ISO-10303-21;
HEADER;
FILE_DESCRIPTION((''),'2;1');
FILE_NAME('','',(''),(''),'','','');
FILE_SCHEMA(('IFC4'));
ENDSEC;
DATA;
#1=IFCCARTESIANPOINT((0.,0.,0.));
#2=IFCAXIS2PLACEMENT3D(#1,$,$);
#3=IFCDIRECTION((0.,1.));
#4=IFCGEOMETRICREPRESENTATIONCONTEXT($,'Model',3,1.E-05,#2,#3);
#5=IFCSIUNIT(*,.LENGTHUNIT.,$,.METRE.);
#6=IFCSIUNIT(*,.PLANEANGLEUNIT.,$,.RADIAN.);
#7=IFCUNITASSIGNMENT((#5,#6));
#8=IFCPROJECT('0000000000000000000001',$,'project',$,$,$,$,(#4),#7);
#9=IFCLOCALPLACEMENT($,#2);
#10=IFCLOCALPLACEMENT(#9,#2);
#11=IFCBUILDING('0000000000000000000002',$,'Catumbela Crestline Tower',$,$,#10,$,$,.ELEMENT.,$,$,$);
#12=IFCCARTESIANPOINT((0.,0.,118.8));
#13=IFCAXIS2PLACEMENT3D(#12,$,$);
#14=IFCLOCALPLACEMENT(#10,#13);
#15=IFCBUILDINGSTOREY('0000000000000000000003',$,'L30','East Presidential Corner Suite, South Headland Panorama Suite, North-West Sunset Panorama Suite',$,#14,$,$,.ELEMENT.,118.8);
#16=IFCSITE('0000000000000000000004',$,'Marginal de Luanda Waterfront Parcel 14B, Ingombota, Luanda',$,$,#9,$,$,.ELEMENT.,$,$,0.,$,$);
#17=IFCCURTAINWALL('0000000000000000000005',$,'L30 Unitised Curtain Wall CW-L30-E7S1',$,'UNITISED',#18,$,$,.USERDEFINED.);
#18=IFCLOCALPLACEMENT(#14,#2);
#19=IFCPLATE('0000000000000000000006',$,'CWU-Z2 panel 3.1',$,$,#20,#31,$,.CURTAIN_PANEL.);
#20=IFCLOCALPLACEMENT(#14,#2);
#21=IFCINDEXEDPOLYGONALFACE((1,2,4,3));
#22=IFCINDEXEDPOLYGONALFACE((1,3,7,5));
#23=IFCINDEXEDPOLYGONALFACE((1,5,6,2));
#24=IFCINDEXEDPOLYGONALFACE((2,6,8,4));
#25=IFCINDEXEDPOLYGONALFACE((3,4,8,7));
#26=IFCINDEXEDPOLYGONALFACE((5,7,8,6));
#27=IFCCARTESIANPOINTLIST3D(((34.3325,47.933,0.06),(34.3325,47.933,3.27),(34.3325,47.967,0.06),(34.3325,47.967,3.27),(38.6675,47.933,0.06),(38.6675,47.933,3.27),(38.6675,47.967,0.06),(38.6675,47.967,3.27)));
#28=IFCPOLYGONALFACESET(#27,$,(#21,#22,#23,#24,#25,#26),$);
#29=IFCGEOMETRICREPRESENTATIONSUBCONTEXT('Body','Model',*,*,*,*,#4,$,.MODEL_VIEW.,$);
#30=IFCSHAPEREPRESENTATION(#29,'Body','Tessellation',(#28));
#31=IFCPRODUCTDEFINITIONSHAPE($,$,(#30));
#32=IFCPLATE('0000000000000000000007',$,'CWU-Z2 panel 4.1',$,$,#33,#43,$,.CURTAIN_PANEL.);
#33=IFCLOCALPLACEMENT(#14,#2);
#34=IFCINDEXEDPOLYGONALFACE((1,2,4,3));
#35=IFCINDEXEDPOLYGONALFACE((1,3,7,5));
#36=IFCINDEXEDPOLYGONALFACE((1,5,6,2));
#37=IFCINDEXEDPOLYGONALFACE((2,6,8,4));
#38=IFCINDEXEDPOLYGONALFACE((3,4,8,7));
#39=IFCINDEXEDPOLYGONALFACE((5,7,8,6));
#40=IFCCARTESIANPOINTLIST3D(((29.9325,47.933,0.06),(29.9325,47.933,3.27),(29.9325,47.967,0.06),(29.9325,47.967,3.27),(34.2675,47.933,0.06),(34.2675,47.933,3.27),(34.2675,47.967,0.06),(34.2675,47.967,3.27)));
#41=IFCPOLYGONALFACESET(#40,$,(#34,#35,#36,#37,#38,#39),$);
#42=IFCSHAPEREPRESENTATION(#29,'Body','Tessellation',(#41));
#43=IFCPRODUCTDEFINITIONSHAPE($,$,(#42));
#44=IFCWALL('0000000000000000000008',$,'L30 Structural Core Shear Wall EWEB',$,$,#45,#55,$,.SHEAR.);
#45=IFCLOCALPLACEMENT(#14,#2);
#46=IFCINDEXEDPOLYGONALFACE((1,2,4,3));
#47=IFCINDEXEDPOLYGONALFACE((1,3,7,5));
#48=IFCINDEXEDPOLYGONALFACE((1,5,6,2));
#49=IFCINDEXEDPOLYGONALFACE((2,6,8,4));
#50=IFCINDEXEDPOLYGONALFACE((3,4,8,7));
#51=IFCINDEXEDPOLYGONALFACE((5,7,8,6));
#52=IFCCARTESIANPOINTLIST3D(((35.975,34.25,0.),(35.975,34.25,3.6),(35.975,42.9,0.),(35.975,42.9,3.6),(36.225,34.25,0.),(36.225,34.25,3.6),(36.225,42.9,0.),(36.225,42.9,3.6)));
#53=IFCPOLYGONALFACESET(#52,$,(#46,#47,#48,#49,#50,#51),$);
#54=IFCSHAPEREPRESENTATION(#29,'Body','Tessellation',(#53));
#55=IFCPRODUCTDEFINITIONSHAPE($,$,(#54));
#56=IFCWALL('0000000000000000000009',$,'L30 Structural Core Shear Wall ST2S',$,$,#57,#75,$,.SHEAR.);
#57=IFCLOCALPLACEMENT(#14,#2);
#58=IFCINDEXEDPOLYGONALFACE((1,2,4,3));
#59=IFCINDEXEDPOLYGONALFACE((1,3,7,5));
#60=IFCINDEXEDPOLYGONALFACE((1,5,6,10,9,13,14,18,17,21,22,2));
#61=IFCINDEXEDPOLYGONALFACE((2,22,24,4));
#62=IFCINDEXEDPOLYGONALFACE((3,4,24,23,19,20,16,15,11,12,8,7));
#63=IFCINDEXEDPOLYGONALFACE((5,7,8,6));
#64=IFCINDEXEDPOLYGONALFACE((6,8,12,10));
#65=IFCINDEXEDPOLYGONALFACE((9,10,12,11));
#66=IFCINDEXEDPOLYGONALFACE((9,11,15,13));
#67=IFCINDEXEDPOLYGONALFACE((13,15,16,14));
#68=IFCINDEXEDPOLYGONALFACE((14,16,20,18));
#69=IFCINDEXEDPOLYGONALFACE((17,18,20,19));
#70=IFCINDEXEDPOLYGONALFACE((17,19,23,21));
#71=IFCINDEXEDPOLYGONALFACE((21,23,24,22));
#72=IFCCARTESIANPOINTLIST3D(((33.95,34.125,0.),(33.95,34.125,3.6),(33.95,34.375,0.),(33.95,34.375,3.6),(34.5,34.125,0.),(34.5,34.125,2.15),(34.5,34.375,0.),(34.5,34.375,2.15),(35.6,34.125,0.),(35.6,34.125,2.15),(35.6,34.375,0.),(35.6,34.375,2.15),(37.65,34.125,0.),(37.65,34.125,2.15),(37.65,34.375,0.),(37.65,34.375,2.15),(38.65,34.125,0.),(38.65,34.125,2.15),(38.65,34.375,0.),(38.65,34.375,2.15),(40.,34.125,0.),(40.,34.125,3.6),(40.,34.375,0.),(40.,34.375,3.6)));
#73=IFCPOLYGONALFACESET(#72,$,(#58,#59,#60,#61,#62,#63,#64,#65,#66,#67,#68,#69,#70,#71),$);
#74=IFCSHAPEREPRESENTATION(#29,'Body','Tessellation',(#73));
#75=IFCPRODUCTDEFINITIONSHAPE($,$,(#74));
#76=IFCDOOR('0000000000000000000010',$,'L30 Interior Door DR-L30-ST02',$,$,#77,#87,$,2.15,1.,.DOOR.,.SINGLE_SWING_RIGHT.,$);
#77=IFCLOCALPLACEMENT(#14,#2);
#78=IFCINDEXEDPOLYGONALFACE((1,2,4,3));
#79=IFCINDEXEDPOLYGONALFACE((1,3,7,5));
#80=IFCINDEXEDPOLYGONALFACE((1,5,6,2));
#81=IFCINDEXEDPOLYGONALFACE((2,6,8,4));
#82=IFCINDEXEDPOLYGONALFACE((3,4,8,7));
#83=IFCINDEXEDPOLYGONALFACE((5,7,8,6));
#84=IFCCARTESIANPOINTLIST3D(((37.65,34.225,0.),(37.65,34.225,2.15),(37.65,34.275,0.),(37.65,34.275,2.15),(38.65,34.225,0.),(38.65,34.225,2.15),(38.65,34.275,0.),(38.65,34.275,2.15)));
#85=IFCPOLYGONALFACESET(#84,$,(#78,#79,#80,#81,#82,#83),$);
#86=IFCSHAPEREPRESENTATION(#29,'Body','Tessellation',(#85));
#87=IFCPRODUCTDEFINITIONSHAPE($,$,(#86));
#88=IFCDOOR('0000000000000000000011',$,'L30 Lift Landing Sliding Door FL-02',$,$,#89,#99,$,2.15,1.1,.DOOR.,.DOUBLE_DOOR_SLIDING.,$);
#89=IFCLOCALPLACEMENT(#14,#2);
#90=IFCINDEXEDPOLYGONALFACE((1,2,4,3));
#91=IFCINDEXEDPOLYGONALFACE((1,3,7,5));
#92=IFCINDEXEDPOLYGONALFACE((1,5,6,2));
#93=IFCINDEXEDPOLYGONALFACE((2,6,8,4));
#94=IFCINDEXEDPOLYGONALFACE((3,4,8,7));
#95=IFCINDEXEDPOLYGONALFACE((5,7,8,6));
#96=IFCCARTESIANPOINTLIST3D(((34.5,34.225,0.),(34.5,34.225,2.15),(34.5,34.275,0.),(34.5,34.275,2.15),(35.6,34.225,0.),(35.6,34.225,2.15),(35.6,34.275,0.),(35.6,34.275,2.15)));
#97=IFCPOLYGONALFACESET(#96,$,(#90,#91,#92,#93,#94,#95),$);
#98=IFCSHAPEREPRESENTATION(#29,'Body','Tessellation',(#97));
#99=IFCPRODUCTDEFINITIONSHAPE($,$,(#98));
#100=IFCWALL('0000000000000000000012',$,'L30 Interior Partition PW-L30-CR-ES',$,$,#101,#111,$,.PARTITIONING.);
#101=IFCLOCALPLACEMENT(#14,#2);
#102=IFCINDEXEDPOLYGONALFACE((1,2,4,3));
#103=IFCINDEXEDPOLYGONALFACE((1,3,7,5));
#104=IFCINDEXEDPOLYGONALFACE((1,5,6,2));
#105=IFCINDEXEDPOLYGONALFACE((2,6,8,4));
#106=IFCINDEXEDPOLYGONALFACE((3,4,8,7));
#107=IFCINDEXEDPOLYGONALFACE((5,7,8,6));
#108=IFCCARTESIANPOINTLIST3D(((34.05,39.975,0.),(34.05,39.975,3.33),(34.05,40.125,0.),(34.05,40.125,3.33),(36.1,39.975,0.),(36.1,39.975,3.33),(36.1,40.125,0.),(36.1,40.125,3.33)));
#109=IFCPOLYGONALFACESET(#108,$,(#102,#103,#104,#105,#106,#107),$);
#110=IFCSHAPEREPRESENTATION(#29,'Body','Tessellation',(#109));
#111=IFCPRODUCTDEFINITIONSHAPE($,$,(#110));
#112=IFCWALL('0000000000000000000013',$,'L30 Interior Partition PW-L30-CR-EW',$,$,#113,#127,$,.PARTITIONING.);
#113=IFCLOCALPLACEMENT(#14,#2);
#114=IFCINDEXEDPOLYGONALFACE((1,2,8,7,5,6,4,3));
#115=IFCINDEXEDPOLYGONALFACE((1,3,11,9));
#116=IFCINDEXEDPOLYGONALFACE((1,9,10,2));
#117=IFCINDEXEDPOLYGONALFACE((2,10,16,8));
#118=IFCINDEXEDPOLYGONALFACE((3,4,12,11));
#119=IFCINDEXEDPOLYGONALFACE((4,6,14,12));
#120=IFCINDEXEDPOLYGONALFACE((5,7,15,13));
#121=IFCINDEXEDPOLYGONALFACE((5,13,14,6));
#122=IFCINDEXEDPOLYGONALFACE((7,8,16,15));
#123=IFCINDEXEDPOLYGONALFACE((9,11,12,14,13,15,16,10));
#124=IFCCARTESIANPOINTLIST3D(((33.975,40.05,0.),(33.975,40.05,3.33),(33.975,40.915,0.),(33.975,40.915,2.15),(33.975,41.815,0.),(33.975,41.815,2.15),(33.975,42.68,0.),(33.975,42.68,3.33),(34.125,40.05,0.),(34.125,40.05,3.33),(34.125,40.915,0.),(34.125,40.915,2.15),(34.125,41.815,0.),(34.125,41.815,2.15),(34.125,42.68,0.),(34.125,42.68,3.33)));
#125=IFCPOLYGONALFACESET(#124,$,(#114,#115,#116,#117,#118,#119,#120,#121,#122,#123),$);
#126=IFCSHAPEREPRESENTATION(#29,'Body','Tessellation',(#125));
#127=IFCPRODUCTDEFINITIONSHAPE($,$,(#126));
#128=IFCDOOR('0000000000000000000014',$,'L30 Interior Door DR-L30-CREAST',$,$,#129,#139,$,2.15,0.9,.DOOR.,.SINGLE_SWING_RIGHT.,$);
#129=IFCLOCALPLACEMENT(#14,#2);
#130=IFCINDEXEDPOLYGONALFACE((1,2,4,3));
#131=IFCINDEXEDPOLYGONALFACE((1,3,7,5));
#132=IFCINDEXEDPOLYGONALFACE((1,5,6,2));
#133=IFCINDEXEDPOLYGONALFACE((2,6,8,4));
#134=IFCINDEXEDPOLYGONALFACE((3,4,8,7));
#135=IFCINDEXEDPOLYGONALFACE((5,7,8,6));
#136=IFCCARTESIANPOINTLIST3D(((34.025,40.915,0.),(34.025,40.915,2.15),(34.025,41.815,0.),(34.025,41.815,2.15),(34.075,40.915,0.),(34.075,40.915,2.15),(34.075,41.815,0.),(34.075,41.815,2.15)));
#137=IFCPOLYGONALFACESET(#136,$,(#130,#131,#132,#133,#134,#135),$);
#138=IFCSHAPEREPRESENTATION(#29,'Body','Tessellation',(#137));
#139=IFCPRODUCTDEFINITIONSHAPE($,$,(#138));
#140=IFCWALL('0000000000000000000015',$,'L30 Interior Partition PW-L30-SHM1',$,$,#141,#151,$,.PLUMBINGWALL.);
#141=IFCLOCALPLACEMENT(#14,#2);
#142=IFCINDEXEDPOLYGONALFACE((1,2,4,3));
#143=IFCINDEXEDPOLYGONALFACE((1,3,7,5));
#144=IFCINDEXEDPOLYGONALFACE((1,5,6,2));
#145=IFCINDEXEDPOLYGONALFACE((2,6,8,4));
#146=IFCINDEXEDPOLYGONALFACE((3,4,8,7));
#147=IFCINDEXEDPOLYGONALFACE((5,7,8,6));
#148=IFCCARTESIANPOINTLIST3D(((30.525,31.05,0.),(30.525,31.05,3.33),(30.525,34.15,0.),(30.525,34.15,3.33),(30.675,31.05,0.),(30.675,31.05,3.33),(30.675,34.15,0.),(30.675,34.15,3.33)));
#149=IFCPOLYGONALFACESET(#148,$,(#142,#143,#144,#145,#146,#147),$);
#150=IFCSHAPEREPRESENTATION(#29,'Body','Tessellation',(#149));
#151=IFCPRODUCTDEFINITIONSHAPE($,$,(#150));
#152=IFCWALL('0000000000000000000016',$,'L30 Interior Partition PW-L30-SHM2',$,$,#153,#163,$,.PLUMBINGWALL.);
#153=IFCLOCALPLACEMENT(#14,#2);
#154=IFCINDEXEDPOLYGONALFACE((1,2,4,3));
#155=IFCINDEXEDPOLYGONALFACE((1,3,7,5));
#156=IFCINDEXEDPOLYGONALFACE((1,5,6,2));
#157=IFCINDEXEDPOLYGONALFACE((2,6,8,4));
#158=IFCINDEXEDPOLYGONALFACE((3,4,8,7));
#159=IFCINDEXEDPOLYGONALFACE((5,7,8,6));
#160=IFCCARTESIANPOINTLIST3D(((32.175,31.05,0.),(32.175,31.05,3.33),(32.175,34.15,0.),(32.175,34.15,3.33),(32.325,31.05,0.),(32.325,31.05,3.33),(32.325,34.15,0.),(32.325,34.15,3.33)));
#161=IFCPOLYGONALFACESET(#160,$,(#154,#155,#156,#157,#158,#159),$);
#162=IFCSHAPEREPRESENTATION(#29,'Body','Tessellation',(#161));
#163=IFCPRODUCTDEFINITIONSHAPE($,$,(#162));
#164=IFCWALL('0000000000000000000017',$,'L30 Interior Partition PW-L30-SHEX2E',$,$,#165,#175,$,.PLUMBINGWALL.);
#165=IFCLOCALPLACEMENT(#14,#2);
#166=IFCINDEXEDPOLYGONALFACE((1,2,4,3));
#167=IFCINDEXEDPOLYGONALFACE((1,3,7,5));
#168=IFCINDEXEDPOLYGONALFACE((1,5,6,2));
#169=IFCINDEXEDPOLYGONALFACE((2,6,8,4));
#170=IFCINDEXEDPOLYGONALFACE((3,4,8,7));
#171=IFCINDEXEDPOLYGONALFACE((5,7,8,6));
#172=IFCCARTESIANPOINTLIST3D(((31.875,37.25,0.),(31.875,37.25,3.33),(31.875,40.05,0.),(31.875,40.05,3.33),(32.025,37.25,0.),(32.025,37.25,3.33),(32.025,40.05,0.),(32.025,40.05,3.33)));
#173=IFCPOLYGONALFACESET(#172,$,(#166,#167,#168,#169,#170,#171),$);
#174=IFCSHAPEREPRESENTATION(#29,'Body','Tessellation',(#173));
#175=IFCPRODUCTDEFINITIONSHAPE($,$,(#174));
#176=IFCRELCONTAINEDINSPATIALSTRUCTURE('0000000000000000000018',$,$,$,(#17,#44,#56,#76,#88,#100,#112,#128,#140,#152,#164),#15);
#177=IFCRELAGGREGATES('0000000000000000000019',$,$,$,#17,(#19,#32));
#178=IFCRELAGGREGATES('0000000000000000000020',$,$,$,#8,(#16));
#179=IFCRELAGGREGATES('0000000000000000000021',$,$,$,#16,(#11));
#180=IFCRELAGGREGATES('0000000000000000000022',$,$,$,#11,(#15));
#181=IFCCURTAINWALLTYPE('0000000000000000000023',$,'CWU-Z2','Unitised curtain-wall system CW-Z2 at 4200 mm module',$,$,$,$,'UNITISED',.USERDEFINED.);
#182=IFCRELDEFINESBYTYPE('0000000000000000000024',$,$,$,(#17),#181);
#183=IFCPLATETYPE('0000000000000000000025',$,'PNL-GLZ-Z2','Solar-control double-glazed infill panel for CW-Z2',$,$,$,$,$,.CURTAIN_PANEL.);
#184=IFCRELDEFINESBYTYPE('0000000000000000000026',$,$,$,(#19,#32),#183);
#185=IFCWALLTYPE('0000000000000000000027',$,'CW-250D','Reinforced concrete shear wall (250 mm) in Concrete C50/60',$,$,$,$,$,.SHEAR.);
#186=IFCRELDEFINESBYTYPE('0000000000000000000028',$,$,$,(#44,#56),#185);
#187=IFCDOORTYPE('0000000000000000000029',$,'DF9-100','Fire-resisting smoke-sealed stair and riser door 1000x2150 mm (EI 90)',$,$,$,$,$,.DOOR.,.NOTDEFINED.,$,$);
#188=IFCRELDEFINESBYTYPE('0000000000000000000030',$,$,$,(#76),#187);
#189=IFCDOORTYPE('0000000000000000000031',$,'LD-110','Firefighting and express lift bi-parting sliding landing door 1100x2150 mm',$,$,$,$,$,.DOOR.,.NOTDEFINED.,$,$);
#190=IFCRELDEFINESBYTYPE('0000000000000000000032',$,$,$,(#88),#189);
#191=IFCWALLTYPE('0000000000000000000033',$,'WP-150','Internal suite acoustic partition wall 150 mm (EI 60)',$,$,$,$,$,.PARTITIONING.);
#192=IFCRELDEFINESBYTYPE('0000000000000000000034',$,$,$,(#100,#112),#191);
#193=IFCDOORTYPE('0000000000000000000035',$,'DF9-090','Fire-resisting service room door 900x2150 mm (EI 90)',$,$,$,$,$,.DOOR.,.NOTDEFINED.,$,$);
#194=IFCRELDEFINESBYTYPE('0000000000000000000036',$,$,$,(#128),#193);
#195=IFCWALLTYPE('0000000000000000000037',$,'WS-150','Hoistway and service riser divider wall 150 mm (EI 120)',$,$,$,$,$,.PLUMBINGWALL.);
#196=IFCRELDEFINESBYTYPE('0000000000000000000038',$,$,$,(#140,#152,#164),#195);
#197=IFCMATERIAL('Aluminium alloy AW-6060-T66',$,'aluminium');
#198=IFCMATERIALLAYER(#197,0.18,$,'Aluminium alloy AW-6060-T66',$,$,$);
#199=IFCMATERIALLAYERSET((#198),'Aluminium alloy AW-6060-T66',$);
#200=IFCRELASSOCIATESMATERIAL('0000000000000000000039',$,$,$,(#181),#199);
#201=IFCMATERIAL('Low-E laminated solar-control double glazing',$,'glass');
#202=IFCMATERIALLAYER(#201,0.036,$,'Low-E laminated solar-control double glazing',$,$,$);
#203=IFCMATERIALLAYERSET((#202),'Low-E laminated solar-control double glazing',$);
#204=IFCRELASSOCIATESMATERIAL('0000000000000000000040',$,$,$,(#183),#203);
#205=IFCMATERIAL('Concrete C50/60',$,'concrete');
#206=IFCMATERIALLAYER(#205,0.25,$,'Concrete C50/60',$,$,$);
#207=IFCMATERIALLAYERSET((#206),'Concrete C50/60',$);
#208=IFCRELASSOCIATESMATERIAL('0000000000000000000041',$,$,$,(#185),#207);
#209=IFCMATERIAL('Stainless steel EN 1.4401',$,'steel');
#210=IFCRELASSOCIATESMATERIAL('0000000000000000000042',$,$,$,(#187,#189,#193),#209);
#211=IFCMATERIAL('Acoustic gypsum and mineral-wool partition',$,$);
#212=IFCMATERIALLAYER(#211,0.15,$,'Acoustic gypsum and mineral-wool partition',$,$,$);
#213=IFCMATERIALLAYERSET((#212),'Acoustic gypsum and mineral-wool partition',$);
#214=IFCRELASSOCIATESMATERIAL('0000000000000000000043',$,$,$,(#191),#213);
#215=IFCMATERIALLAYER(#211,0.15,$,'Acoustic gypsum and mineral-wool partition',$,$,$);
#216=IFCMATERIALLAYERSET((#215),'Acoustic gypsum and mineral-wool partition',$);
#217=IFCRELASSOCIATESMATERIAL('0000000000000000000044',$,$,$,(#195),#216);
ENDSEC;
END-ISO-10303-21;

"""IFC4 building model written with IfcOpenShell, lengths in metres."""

from ifc_helpers import new_model, si_unit, direction, frame, frame_2d, origin, origin_2d, place, context, subcontext, project, spatial, rectangle, extrude, material, layer, layer_set, type_object, element, fill, aggregate, save


model = new_model("IFC4")

# Units and contexts
model_context = context("Model", 3, precision=1e-05, world=origin(), true_north=direction((0.0, 1.0)))
body_context = subcontext(model_context, "Body", "Model", "MODEL_VIEW")
ifc_project = project(units=[si_unit("LENGTHUNIT", "METRE"), si_unit("PLANEANGLEUNIT", "RADIAN")], contexts=[model_context])

# Site, building, storey
site_placement = place(None, origin())
site = spatial("IfcSite", under=ifc_project, at=site_placement, Name="Marginal de Luanda Waterfront Parcel 14B, Ingombota, Luanda", CompositionType="ELEMENT", RefElevation=0.0)
building_placement = place(site_placement, origin())
building = spatial("IfcBuilding", under=site, at=building_placement, Name="Catumbela Crestline Tower", CompositionType="ELEMENT")
storey_placement = place(building_placement, frame((0.0, 0.0, 118.8)))
storey = spatial("IfcBuildingStorey", under=building, at=storey_placement, Name="L30", Description="East Presidential Corner Suite, South Headland Panorama Suite, North-West Sunset Panorama Suite", CompositionType="ELEMENT", Elevation=118.8)

# Curtain wall
ifc_material_1 = material(Name="Aluminium alloy AW-6060-T66", Category="aluminium")
ifc_layer_1 = layer(ifc_material_1, 0.18, Name="Aluminium alloy AW-6060-T66")
ifc_layer_set_1 = layer_set([ifc_layer_1], Name="Aluminium alloy AW-6060-T66")
curtain_wall_type = type_object("IfcCurtainWallType", Name="CWU-Z2", Description="Unitised curtain-wall system CW-Z2 at 4200 mm module", ElementType="UNITISED", PredefinedType="USERDEFINED", material=ifc_layer_set_1)
curtain_wall_placement = place(storey_placement, origin())
curtain_wall = element("IfcCurtainWall", 1, at=curtain_wall_placement, inside=storey, type_object=curtain_wall_type, Name="L30 Unitised Curtain Wall CW-L30-E7S1", ObjectType="UNITISED", PredefinedType="USERDEFINED")

# Plates
ifc_material_2 = material(Name="Low-E laminated solar-control double glazing", Category="glass")
ifc_layer_2 = layer(ifc_material_2, 0.036, Name="Low-E laminated solar-control double glazing")
ifc_layer_set_2 = layer_set([ifc_layer_2], Name="Low-E laminated solar-control double glazing")
plate_type = type_object("IfcPlateType", Name="PNL-GLZ-Z2", Description="Solar-control double-glazed infill panel for CW-Z2", PredefinedType="CURTAIN_PANEL", material=ifc_layer_set_2)
plate_1_placement = place(storey_placement, frame((36.5, 47.95, 0.06), z_axis=(0.0, 0.0, 1.0), x_axis=(-1.0, 0.0, 0.0)))
plate_1 = element("IfcPlate", 2, at=plate_1_placement, type_object=plate_type, Name="CWU-Z2 panel 3.1", PredefinedType="CURTAIN_PANEL", context=body_context, shape_type="SweptSolid", body=[
    extrude(rectangle(XDim=4.335, YDim=0.034, at=origin_2d()), origin(), (0.0, 0.0, 1.0), 3.21),
])
plate_2_placement = place(storey_placement, frame((32.1, 47.95, 0.06), z_axis=(0.0, 0.0, 1.0), x_axis=(-1.0, 0.0, 0.0)))
plate_2 = element("IfcPlate", 3, at=plate_2_placement, type_object=plate_type, Name="CWU-Z2 panel 4.1", PredefinedType="CURTAIN_PANEL", context=body_context, shape_type="SweptSolid", body=[
    extrude(rectangle(XDim=4.335, YDim=0.034, at=origin_2d()), origin(), (0.0, 0.0, 1.0), 3.21),
])
aggregate(curtain_wall, [plate_1, plate_2])

# Wall
ifc_material_3 = material(Name="Concrete C50/60", Category="concrete")
ifc_layer_3 = layer(ifc_material_3, 0.25, Name="Concrete C50/60")
ifc_layer_set_3 = layer_set([ifc_layer_3], Name="Concrete C50/60")
wall_type_1 = type_object("IfcWallType", Name="CW-250D", Description="Reinforced concrete shear wall (250 mm) in Concrete C50/60", PredefinedType="SHEAR", material=ifc_layer_set_3)
wall_1_placement = place(storey_placement, frame((36.1, 34.25, 0.0), z_axis=(0.0, 0.0, 1.0), x_axis=(0.0, 1.0, 0.0)))
element("IfcWall", 4, at=wall_1_placement, inside=storey, type_object=wall_type_1, Name="L30 Structural Core Shear Wall EWEB", PredefinedType="SHEAR", context=body_context, shape_type="SweptSolid", body=[
    extrude(rectangle(XDim=8.65, YDim=0.25, at=frame_2d((4.325, 0.0))), origin(), (0.0, 0.0, 1.0), 3.6),
])

# Wall, openings, doors
wall_2_placement = place(storey_placement, frame((33.95, 34.25, 0.0), z_axis=(0.0, 0.0, 1.0), x_axis=(1.0, 0.0, 0.0)))
wall_2 = element("IfcWall", 5, at=wall_2_placement, inside=storey, type_object=wall_type_1, Name="L30 Structural Core Shear Wall ST2S", PredefinedType="SHEAR", context=body_context, shape_type="SweptSolid", body=[
    extrude(rectangle(XDim=6.05, YDim=0.25, at=frame_2d((3.025, 0.0))), origin(), (0.0, 0.0, 1.0), 3.6),
])
opening_1_placement = place(wall_2_placement, frame((3.7, 0.0, 0.0)))
opening_1 = element("IfcOpeningElement", 6, at=opening_1_placement, cuts=wall_2, PredefinedType="OPENING", context=body_context, shape_type="SweptSolid", body=[
    extrude(rectangle(XDim=1.0, YDim=2.15, at=frame_2d((0.5, 1.075))), frame((0.0, 0.135, 0.0), z_axis=(0.0, -1.0, 0.0), x_axis=(1.0, 0.0, 0.0)), (0.0, 0.0, 1.0), 0.27),
])
opening_2_placement = place(wall_2_placement, frame((0.55, 0.0, 0.0)))
opening_2 = element("IfcOpeningElement", 7, at=opening_2_placement, cuts=wall_2, PredefinedType="OPENING", context=body_context, shape_type="SweptSolid", body=[
    extrude(rectangle(XDim=1.1, YDim=2.15, at=frame_2d((0.55, 1.075))), frame((0.0, 0.135, 0.0), z_axis=(0.0, -1.0, 0.0), x_axis=(1.0, 0.0, 0.0)), (0.0, 0.0, 1.0), 0.27),
])
ifc_material_4 = material(Name="Stainless steel EN 1.4401", Category="steel")
door_type_1 = type_object("IfcDoorType", Name="DF9-100", Description="Fire-resisting smoke-sealed stair and riser door 1000x2150 mm (EI 90)", OperationType="NOTDEFINED", PredefinedType="DOOR", material=ifc_material_4)
door_1_placement = place(opening_1_placement, origin())
door_1 = element("IfcDoor", 8, at=door_1_placement, inside=storey, type_object=door_type_1, Name="L30 Interior Door DR-L30-ST02", OperationType="SINGLE_SWING_RIGHT", OverallHeight=2.15, OverallWidth=1.0, PredefinedType="DOOR", context=body_context, shape_type="SweptSolid", body=[
    extrude(rectangle(XDim=1.0, YDim=2.15, at=frame_2d((0.5, 1.075))), frame((0.0, 0.025, 0.0), z_axis=(0.0, -1.0, 0.0), x_axis=(1.0, 0.0, 0.0)), (0.0, 0.0, 1.0), 0.05),
])
fill(opening_1, door_1)
door_type_2 = type_object("IfcDoorType", Name="LD-110", Description="Firefighting and express lift bi-parting sliding landing door 1100x2150 mm", OperationType="NOTDEFINED", PredefinedType="DOOR", material=ifc_material_4)
door_2_placement = place(opening_2_placement, origin())
door_2 = element("IfcDoor", 9, at=door_2_placement, inside=storey, type_object=door_type_2, Name="L30 Lift Landing Sliding Door FL-02", OperationType="DOUBLE_DOOR_SLIDING", OverallHeight=2.15, OverallWidth=1.1, PredefinedType="DOOR", context=body_context, shape_type="SweptSolid", body=[
    extrude(rectangle(XDim=1.1, YDim=2.15, at=frame_2d((0.55, 1.075))), frame((0.0, 0.025, 0.0), z_axis=(0.0, -1.0, 0.0), x_axis=(1.0, 0.0, 0.0)), (0.0, 0.0, 1.0), 0.05),
])
fill(opening_2, door_2)

# Wall
ifc_material_5 = material(Name="Acoustic gypsum and mineral-wool partition")
ifc_layer_4 = layer(ifc_material_5, 0.15, Name="Acoustic gypsum and mineral-wool partition")
ifc_layer_set_4 = layer_set([ifc_layer_4], Name="Acoustic gypsum and mineral-wool partition")
wall_type_2 = type_object("IfcWallType", Name="WP-150", Description="Internal suite acoustic partition wall 150 mm (EI 60)", PredefinedType="PARTITIONING", material=ifc_layer_set_4)
wall_3_placement = place(storey_placement, frame((34.05, 40.05, 0.0), z_axis=(0.0, 0.0, 1.0), x_axis=(1.0, 0.0, 0.0)))
element("IfcWall", 10, at=wall_3_placement, inside=storey, type_object=wall_type_2, Name="L30 Interior Partition PW-L30-CR-ES", PredefinedType="PARTITIONING", context=body_context, shape_type="SweptSolid", body=[
    extrude(rectangle(XDim=2.05, YDim=0.15, at=frame_2d((1.025, 0.0))), origin(), (0.0, 0.0, 1.0), 3.33),
])

# Wall, opening, door
wall_4_placement = place(storey_placement, frame((34.05, 40.05, 0.0), z_axis=(0.0, 0.0, 1.0), x_axis=(0.0, 1.0, 0.0)))
wall_4 = element("IfcWall", 11, at=wall_4_placement, inside=storey, type_object=wall_type_2, Name="L30 Interior Partition PW-L30-CR-EW", PredefinedType="PARTITIONING", context=body_context, shape_type="SweptSolid", body=[
    extrude(rectangle(XDim=2.63, YDim=0.15, at=frame_2d((1.315, 0.0))), origin(), (0.0, 0.0, 1.0), 3.33),
])
opening_3_placement = place(wall_4_placement, frame((0.865, 0.0, 0.0)))
opening_3 = element("IfcOpeningElement", 12, at=opening_3_placement, cuts=wall_4, PredefinedType="OPENING", context=body_context, shape_type="SweptSolid", body=[
    extrude(rectangle(XDim=0.9, YDim=2.15, at=frame_2d((0.45, 1.075))), frame((0.0, 0.085, 0.0), z_axis=(0.0, -1.0, 0.0), x_axis=(1.0, 0.0, 0.0)), (0.0, 0.0, 1.0), 0.17),
])
door_type_3 = type_object("IfcDoorType", Name="DF9-090", Description="Fire-resisting service room door 900x2150 mm (EI 90)", OperationType="NOTDEFINED", PredefinedType="DOOR", material=ifc_material_4)
door_3_placement = place(opening_3_placement, origin())
door_3 = element("IfcDoor", 13, at=door_3_placement, inside=storey, type_object=door_type_3, Name="L30 Interior Door DR-L30-CREAST", OperationType="SINGLE_SWING_RIGHT", OverallHeight=2.15, OverallWidth=0.9, PredefinedType="DOOR", context=body_context, shape_type="SweptSolid", body=[
    extrude(rectangle(XDim=0.9, YDim=2.15, at=frame_2d((0.45, 1.075))), frame((0.0, 0.025, 0.0), z_axis=(0.0, -1.0, 0.0), x_axis=(1.0, 0.0, 0.0)), (0.0, 0.0, 1.0), 0.05),
])
fill(opening_3, door_3)

# Walls
ifc_layer_5 = layer(ifc_material_5, 0.15, Name="Acoustic gypsum and mineral-wool partition")
ifc_layer_set_5 = layer_set([ifc_layer_5], Name="Acoustic gypsum and mineral-wool partition")
wall_type_3 = type_object("IfcWallType", Name="WS-150", Description="Hoistway and service riser divider wall 150 mm (EI 120)", PredefinedType="PLUMBINGWALL", material=ifc_layer_set_5)
for number, where, z_axis, x_axis, name in (
    (14, (30.6, 31.05, 0.0), (0.0, 0.0, 1.0), (0.0, 1.0, 0.0), "L30 Interior Partition PW-L30-SHM1"),
    (15, (32.25, 31.05, 0.0), (0.0, 0.0, 1.0), (0.0, 1.0, 0.0), "L30 Interior Partition PW-L30-SHM2"),
):
    element("IfcWall", number, at=place(storey_placement, frame(where, z_axis=z_axis, x_axis=x_axis)), inside=storey, type_object=wall_type_3, Name=name, PredefinedType="PLUMBINGWALL", context=body_context, shape_type="SweptSolid", body=[
        extrude(rectangle(XDim=3.1, YDim=0.15, at=frame_2d((1.55, 0.0))), origin(), (0.0, 0.0, 1.0), 3.33),
    ])
wall_5_placement = place(storey_placement, frame((31.95, 37.25, 0.0), z_axis=(0.0, 0.0, 1.0), x_axis=(0.0, 1.0, 0.0)))
element("IfcWall", 16, at=wall_5_placement, inside=storey, type_object=wall_type_3, Name="L30 Interior Partition PW-L30-SHEX2E", PredefinedType="PLUMBINGWALL", context=body_context, shape_type="SweptSolid", body=[
    extrude(rectangle(XDim=2.8, YDim=0.15, at=frame_2d((1.4, 0.0))), origin(), (0.0, 0.0, 1.0), 3.33),
])

save(model, "model.ifc")
